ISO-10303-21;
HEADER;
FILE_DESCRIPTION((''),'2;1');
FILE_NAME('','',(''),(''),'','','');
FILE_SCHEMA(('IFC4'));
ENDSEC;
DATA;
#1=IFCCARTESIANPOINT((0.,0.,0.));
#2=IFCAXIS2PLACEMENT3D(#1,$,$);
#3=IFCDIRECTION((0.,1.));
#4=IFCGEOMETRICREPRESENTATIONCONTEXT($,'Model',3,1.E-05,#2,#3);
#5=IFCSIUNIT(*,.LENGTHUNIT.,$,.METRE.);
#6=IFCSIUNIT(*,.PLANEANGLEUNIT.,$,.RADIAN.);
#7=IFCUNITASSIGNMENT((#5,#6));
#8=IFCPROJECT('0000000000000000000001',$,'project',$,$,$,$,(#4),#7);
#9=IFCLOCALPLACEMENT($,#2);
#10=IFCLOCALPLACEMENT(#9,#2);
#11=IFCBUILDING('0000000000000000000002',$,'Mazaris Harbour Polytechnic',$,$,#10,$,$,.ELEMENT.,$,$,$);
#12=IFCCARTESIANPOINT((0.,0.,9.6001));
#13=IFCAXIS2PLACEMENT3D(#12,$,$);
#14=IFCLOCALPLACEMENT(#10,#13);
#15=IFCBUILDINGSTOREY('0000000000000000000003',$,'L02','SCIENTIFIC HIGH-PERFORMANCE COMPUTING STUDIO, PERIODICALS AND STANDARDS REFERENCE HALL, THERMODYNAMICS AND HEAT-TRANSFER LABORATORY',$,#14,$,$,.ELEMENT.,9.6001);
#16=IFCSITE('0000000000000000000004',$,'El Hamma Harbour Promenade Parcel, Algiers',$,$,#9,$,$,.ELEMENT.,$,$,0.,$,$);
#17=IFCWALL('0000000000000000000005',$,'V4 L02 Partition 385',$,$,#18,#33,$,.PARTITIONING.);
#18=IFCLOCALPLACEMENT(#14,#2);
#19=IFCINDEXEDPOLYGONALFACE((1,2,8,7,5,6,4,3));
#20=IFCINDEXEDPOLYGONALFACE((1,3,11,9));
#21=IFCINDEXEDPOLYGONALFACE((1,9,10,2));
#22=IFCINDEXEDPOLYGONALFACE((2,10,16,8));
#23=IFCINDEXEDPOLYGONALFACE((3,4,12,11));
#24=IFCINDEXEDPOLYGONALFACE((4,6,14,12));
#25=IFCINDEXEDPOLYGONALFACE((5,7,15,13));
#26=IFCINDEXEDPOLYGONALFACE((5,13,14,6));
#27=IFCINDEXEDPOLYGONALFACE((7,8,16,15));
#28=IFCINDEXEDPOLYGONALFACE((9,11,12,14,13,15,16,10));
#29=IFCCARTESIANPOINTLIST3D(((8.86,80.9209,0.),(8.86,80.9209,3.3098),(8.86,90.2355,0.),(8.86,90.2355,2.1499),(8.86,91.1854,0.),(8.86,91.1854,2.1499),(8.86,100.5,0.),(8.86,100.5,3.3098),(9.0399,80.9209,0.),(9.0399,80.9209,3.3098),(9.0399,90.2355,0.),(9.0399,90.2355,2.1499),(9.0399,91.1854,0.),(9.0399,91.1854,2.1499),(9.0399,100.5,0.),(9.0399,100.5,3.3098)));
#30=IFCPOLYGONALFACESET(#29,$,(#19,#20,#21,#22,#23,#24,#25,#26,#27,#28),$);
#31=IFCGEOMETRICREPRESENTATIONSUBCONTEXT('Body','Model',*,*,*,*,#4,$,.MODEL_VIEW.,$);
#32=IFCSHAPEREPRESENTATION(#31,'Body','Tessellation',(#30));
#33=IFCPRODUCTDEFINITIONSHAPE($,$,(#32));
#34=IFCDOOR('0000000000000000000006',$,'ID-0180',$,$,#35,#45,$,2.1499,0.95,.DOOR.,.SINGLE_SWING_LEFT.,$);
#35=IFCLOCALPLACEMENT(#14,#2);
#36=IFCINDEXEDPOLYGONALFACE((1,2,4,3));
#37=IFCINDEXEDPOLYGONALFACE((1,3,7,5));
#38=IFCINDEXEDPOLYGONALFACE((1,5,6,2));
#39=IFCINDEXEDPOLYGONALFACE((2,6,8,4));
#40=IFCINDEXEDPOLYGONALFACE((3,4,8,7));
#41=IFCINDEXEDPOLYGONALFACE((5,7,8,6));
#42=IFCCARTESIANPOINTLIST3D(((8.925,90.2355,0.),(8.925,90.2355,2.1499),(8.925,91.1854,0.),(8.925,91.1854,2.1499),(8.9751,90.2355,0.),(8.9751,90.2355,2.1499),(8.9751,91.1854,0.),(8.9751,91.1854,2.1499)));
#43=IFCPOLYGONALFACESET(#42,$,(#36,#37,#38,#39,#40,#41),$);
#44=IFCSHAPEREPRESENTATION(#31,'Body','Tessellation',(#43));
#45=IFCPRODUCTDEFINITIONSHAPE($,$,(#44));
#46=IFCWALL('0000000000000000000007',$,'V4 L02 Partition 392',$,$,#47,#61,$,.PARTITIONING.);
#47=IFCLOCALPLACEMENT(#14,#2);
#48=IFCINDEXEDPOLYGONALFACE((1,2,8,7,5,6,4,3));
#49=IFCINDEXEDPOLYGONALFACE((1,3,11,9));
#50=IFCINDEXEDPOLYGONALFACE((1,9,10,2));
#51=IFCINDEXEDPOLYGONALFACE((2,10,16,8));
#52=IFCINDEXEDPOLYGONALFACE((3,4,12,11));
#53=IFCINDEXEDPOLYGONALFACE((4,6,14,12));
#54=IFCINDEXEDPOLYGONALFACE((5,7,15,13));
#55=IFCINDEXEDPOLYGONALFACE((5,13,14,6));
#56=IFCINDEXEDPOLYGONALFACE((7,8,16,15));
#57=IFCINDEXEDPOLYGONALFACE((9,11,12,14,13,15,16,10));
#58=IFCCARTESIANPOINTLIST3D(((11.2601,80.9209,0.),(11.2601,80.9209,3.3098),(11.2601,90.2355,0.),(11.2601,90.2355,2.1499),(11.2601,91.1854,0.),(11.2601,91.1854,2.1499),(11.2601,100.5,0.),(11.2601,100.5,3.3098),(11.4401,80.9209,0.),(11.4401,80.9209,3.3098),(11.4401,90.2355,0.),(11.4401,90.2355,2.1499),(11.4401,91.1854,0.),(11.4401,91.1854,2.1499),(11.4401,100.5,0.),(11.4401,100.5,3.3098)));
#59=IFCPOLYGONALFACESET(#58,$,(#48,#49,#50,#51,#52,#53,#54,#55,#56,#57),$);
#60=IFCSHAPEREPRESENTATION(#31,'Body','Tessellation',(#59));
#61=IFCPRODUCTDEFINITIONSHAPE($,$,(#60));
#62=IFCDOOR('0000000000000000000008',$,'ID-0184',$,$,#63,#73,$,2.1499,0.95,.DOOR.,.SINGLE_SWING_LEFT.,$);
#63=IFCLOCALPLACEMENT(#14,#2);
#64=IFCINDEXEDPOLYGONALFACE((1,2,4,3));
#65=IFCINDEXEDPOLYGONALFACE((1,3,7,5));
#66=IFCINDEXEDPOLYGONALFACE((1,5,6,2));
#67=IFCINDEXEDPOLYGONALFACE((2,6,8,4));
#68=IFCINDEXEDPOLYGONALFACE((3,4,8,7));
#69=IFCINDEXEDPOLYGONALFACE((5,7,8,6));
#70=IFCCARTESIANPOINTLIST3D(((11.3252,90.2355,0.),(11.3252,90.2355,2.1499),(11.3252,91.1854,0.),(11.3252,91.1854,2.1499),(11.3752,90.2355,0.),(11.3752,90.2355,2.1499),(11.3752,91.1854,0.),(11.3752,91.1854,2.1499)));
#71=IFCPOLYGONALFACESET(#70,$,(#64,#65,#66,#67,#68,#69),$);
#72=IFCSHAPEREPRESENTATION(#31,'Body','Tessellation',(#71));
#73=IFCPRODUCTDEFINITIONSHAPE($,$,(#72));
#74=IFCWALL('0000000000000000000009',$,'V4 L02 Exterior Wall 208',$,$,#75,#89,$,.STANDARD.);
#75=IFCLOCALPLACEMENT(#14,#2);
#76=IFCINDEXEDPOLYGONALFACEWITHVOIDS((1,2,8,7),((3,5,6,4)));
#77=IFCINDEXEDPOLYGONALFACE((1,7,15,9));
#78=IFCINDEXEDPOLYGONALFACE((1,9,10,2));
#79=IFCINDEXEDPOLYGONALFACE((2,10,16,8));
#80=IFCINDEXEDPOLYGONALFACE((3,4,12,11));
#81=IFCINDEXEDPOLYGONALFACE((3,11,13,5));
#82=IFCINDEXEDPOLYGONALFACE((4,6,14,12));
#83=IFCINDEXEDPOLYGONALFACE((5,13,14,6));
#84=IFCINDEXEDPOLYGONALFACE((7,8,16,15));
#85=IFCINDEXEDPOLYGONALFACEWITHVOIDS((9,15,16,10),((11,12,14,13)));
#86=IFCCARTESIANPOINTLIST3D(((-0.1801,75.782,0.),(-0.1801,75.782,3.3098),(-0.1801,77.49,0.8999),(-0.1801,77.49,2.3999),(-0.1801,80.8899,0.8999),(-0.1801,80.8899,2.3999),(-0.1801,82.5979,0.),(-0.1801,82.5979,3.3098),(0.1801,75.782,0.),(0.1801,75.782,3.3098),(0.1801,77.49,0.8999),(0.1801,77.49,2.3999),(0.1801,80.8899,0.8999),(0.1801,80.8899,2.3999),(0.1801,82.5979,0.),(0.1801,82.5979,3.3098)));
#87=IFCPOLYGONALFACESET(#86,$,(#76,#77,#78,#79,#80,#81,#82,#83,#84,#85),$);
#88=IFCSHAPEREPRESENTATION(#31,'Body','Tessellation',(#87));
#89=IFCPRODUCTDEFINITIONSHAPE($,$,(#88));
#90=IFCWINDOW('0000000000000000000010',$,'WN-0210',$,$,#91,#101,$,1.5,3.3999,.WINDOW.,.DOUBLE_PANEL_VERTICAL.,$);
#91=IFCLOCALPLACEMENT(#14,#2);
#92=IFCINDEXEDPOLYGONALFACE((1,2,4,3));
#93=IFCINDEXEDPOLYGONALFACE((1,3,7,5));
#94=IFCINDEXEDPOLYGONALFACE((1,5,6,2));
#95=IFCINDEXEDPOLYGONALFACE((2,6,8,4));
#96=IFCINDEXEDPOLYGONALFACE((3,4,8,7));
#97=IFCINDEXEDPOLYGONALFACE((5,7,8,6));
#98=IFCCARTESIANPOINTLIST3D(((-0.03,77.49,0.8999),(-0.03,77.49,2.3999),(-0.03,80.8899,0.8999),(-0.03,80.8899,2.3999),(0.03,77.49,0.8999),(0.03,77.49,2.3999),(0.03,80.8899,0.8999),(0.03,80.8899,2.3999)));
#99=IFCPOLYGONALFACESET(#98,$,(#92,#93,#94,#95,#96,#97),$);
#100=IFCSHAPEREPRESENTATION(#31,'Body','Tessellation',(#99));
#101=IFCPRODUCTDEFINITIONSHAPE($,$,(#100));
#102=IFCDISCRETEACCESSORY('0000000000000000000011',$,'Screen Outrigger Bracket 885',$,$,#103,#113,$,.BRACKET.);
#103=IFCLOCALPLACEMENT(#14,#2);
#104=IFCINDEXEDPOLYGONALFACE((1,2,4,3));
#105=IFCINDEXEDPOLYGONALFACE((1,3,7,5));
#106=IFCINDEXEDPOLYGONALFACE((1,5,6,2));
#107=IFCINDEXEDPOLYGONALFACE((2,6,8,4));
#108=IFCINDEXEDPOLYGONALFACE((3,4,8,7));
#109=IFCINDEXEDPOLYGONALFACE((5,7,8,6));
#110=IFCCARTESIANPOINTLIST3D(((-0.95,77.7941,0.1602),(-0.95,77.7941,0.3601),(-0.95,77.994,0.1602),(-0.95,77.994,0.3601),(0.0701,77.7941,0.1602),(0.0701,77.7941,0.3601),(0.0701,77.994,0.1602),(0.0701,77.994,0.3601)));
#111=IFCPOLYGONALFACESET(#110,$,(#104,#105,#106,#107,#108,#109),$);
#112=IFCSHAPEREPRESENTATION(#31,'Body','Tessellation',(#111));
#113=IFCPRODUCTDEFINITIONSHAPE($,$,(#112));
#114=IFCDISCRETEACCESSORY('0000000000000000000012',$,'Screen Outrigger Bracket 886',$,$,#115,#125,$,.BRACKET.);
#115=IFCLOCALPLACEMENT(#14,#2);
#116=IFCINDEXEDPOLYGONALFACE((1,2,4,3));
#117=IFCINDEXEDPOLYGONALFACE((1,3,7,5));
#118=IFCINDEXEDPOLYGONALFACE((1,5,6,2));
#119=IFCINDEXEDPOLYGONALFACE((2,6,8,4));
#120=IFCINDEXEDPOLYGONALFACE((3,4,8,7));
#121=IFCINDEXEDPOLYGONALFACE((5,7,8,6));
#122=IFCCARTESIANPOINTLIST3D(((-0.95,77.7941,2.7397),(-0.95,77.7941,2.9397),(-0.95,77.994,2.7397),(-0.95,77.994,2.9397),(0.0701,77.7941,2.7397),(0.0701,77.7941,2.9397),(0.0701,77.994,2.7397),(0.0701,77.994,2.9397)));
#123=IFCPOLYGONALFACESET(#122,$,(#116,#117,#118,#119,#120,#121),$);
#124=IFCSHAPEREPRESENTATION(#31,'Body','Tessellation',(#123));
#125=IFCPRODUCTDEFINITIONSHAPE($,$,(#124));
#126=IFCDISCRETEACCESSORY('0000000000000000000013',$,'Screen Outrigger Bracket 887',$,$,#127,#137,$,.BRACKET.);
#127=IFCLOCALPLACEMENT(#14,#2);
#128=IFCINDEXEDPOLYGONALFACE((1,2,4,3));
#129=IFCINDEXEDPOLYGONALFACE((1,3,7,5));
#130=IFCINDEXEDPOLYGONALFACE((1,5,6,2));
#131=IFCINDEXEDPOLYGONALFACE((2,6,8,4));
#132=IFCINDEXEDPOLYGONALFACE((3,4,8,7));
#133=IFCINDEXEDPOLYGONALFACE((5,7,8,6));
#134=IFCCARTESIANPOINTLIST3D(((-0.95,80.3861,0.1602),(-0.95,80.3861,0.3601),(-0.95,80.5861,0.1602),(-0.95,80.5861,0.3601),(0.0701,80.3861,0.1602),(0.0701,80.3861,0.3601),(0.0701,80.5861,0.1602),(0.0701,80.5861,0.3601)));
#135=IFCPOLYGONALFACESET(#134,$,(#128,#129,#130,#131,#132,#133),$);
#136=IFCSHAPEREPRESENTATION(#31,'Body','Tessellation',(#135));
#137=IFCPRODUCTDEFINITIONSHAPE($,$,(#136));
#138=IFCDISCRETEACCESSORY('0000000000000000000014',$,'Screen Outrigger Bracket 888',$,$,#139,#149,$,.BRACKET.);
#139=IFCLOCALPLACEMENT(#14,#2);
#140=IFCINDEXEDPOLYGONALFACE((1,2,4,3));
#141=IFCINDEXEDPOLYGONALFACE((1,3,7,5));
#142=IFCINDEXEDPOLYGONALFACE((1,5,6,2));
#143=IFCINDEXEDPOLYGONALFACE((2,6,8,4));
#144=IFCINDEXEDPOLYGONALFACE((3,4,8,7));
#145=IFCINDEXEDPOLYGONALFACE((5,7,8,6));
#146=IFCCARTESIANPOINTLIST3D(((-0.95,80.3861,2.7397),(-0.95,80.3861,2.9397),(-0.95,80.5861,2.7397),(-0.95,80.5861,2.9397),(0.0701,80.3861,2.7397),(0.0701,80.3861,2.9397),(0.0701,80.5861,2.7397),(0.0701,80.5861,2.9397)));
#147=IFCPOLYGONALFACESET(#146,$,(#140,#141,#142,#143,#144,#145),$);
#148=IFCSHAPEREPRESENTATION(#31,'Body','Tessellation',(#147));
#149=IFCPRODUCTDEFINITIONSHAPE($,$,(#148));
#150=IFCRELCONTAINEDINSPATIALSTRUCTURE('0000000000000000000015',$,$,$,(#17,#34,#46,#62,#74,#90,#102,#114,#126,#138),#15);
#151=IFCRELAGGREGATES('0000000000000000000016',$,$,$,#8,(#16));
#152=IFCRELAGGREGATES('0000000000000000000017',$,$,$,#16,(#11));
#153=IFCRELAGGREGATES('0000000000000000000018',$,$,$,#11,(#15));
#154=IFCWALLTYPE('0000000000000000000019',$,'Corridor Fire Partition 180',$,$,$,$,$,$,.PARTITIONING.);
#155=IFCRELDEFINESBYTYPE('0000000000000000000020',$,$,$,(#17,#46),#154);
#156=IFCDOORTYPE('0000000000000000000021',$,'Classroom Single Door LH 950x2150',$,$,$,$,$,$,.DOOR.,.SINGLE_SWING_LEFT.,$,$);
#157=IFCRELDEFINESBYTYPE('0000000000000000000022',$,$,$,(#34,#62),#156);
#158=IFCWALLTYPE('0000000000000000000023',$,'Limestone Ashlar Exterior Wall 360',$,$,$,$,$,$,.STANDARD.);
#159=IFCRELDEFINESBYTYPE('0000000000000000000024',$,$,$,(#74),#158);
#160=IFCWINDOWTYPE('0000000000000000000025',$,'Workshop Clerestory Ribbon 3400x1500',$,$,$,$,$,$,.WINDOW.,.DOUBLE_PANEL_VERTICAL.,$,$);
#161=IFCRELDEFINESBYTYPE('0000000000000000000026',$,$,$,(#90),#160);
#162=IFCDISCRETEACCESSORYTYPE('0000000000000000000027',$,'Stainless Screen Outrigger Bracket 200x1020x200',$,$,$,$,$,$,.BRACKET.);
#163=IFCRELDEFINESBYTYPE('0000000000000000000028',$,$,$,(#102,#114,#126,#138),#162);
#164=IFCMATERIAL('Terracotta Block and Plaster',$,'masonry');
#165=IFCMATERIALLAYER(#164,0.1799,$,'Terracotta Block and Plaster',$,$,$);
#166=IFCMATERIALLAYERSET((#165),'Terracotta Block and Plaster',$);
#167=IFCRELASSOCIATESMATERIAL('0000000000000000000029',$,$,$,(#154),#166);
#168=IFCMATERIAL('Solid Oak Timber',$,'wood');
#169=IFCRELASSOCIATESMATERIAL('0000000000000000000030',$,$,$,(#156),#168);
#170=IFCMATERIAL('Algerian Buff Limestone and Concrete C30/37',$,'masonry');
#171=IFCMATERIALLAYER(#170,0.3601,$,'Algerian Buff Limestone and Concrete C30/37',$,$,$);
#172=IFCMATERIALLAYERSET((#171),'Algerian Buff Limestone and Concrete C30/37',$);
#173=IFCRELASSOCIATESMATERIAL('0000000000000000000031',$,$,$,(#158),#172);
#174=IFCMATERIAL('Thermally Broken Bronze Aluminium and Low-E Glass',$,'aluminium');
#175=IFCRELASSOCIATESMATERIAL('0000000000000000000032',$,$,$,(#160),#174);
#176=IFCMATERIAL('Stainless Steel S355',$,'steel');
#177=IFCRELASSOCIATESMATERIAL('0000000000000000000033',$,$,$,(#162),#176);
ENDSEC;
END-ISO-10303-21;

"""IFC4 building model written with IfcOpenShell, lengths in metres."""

from ifc_helpers import new_model, si_unit, direction, frame, frame_2d, origin, origin_2d, place, context, subcontext, project, spatial, rectangle, extrude, material, layer, layer_set, type_object, element, fill, save


model = new_model("IFC4")

# Units and contexts
model_context = context("Model", 3, precision=1e-05, world=origin(), true_north=direction((0.0, 1.0)))
body_context = subcontext(model_context, "Body", "Model", "MODEL_VIEW")
ifc_project = project(units=[si_unit("LENGTHUNIT", "METRE"), si_unit("PLANEANGLEUNIT", "RADIAN")], contexts=[model_context])

# Site, building, storey
site_placement = place(None, origin())
site = spatial("IfcSite", under=ifc_project, at=site_placement, Name="El Hamma Harbour Promenade Parcel, Algiers", CompositionType="ELEMENT", RefElevation=0.0)
building_placement = place(site_placement, origin())
building = spatial("IfcBuilding", under=site, at=building_placement, Name="Mazaris Harbour Polytechnic", CompositionType="ELEMENT")
storey_placement = place(building_placement, frame((0.0, 0.0, 9.6001)))
storey = spatial("IfcBuildingStorey", under=building, at=storey_placement, Name="L02", Description="SCIENTIFIC HIGH-PERFORMANCE COMPUTING STUDIO, PERIODICALS AND STANDARDS REFERENCE HALL, THERMODYNAMICS AND HEAT-TRANSFER LABORATORY", CompositionType="ELEMENT", Elevation=9.6001)

# Walls, openings, doors
ifc_material_1 = material(Name="Terracotta Block and Plaster", Category="masonry")
ifc_layer_1 = layer(ifc_material_1, 0.1799, Name="Terracotta Block and Plaster")
ifc_layer_set_1 = layer_set([ifc_layer_1], Name="Terracotta Block and Plaster")
wall_type_1 = type_object("IfcWallType", Name="Corridor Fire Partition 180", PredefinedType="PARTITIONING", material=ifc_layer_set_1)
wall_1_placement = place(storey_placement, frame((8.95, 80.9209, 0.0), z_axis=(0.0, 0.0, 1.0), x_axis=(0.0, 1.0, 0.0)))
wall_1 = element("IfcWall", 1, at=wall_1_placement, inside=storey, type_object=wall_type_1, Name="V4 L02 Partition 385", PredefinedType="PARTITIONING", context=body_context, shape_type="SweptSolid", body=[
    extrude(rectangle(XDim=19.5791, YDim=0.1799, at=frame_2d((9.7896, 0.0))), origin(), (0.0, 0.0, 1.0), 3.3098),
])
opening_1_placement = place(wall_1_placement, frame((9.3145, 0.0, 0.0)))
opening_1 = element("IfcOpeningElement", 2, at=opening_1_placement, cuts=wall_1, PredefinedType="OPENING", context=body_context, shape_type="SweptSolid", body=[
    extrude(rectangle(XDim=0.95, YDim=2.1499, at=frame_2d((0.4751, 1.075))), frame((0.0, 0.0999, 0.0), z_axis=(0.0, -1.0, 0.0), x_axis=(1.0, 0.0, 0.0)), (0.0, 0.0, 1.0), 0.2),
])
ifc_material_2 = material(Name="Solid Oak Timber", Category="wood")
door_type = type_object("IfcDoorType", Name="Classroom Single Door LH 950x2150", OperationType="SINGLE_SWING_LEFT", PredefinedType="DOOR", material=ifc_material_2)
door_1_placement = place(opening_1_placement, origin())
door_1 = element("IfcDoor", 3, at=door_1_placement, inside=storey, type_object=door_type, Name="ID-0180", OperationType="SINGLE_SWING_LEFT", OverallHeight=2.1499, OverallWidth=0.95, PredefinedType="DOOR", context=body_context, shape_type="SweptSolid", body=[
    extrude(rectangle(XDim=0.95, YDim=2.1499, at=frame_2d((0.4751, 1.075))), frame((0.0, 0.0249, 0.0), z_axis=(0.0, -1.0, 0.0), x_axis=(1.0, 0.0, 0.0)), (0.0, 0.0, 1.0), 0.05),
])
fill(opening_1, door_1)
wall_2_placement = place(storey_placement, frame((11.3501, 80.9209, 0.0), z_axis=(0.0, 0.0, 1.0), x_axis=(0.0, 1.0, 0.0)))
wall_2 = element("IfcWall", 4, at=wall_2_placement, inside=storey, type_object=wall_type_1, Name="V4 L02 Partition 392", PredefinedType="PARTITIONING", context=body_context, shape_type="SweptSolid", body=[
    extrude(rectangle(XDim=19.5791, YDim=0.1799, at=frame_2d((9.7896, 0.0))), origin(), (0.0, 0.0, 1.0), 3.3098),
])
opening_2_placement = place(wall_2_placement, frame((9.3145, 0.0, 0.0)))
opening_2 = element("IfcOpeningElement", 5, at=opening_2_placement, cuts=wall_2, PredefinedType="OPENING", context=body_context, shape_type="SweptSolid", body=[
    extrude(rectangle(XDim=0.95, YDim=2.1499, at=frame_2d((0.4751, 1.075))), frame((0.0, 0.0999, 0.0), z_axis=(0.0, -1.0, 0.0), x_axis=(1.0, 0.0, 0.0)), (0.0, 0.0, 1.0), 0.2),
])
door_2_placement = place(opening_2_placement, origin())
door_2 = element("IfcDoor", 6, at=door_2_placement, inside=storey, type_object=door_type, Name="ID-0184", OperationType="SINGLE_SWING_LEFT", OverallHeight=2.1499, OverallWidth=0.95, PredefinedType="DOOR", context=body_context, shape_type="SweptSolid", body=[
    extrude(rectangle(XDim=0.95, YDim=2.1499, at=frame_2d((0.4751, 1.075))), frame((0.0, 0.0249, 0.0), z_axis=(0.0, -1.0, 0.0), x_axis=(1.0, 0.0, 0.0)), (0.0, 0.0, 1.0), 0.05),
])
fill(opening_2, door_2)

# Wall, opening, window
ifc_material_3 = material(Name="Algerian Buff Limestone and Concrete C30/37", Category="masonry")
ifc_layer_2 = layer(ifc_material_3, 0.3601, Name="Algerian Buff Limestone and Concrete C30/37")
ifc_layer_set_2 = layer_set([ifc_layer_2], Name="Algerian Buff Limestone and Concrete C30/37")
wall_type_2 = type_object("IfcWallType", Name="Limestone Ashlar Exterior Wall 360", PredefinedType="STANDARD", material=ifc_layer_set_2)
wall_3_placement = place(storey_placement, frame((0.0, 75.782, 0.0), z_axis=(0.0, 0.0, 1.0), x_axis=(0.0, 1.0, 0.0)))
wall_3 = element("IfcWall", 7, at=wall_3_placement, inside=storey, type_object=wall_type_2, Name="V4 L02 Exterior Wall 208", PredefinedType="STANDARD", context=body_context, shape_type="SweptSolid", body=[
    extrude(rectangle(XDim=6.8159, YDim=0.3601, at=frame_2d((3.408, 0.0))), origin(), (0.0, 0.0, 1.0), 3.3098),
])
opening_3_placement = place(wall_3_placement, frame((1.708, 0.0, 0.8999)))
opening_3 = element("IfcOpeningElement", 8, at=opening_3_placement, cuts=wall_3, PredefinedType="OPENING", context=body_context, shape_type="SweptSolid", body=[
    extrude(rectangle(XDim=3.3999, YDim=1.5, at=frame_2d((1.7, 0.75))), frame((0.0, 0.1899, 0.0), z_axis=(0.0, -1.0, 0.0), x_axis=(1.0, 0.0, 0.0)), (0.0, 0.0, 1.0), 0.3801),
])
ifc_material_4 = material(Name="Thermally Broken Bronze Aluminium and Low-E Glass", Category="aluminium")
window_type = type_object("IfcWindowType", Name="Workshop Clerestory Ribbon 3400x1500", PartitioningType="DOUBLE_PANEL_VERTICAL", PredefinedType="WINDOW", material=ifc_material_4)
window_placement = place(opening_3_placement, origin())
window = element("IfcWindow", 9, at=window_placement, inside=storey, type_object=window_type, Name="WN-0210", OverallHeight=1.5, OverallWidth=3.3999, PartitioningType="DOUBLE_PANEL_VERTICAL", PredefinedType="WINDOW", context=body_context, shape_type="SweptSolid", body=[
    extrude(rectangle(XDim=3.3999, YDim=1.5, at=frame_2d((1.7, 0.75))), frame((0.0, 0.03, 0.0), z_axis=(0.0, -1.0, 0.0), x_axis=(1.0, 0.0, 0.0)), (0.0, 0.0, 1.0), 0.0601),
])
fill(opening_3, window)

# Discrete accessories
ifc_material_5 = material(Name="Stainless Steel S355", Category="steel")
discrete_accessory_type = type_object("IfcDiscreteAccessoryType", Name="Stainless Screen Outrigger Bracket 200x1020x200", PredefinedType="BRACKET", material=ifc_material_5)
for number, where, z_axis, x_axis, name in (
    (10, (-0.4399, 77.894, 0.1602), (0.0, 0.0, 1.0), (0.0, 1.0, 0.0), "Screen Outrigger Bracket 885"),
    (11, (-0.4399, 77.894, 2.7397), (0.0, 0.0, 1.0), (0.0, 1.0, 0.0), "Screen Outrigger Bracket 886"),
    (12, (-0.4399, 80.4861, 0.1602), (0.0, 0.0, 1.0), (0.0, 1.0, 0.0), "Screen Outrigger Bracket 887"),
    (13, (-0.4399, 80.4861, 2.7397), (0.0, 0.0, 1.0), (0.0, 1.0, 0.0), "Screen Outrigger Bracket 888"),
):
    element("IfcDiscreteAccessory", number, at=place(storey_placement, frame(where, z_axis=z_axis, x_axis=x_axis)), inside=storey, type_object=discrete_accessory_type, Name=name, PredefinedType="BRACKET", context=body_context, shape_type="SweptSolid", body=[
        extrude(rectangle(XDim=0.2, YDim=1.02, at=origin_2d()), origin(), (0.0, 0.0, 1.0), 0.2),
    ])

save(model, "model.ifc")
